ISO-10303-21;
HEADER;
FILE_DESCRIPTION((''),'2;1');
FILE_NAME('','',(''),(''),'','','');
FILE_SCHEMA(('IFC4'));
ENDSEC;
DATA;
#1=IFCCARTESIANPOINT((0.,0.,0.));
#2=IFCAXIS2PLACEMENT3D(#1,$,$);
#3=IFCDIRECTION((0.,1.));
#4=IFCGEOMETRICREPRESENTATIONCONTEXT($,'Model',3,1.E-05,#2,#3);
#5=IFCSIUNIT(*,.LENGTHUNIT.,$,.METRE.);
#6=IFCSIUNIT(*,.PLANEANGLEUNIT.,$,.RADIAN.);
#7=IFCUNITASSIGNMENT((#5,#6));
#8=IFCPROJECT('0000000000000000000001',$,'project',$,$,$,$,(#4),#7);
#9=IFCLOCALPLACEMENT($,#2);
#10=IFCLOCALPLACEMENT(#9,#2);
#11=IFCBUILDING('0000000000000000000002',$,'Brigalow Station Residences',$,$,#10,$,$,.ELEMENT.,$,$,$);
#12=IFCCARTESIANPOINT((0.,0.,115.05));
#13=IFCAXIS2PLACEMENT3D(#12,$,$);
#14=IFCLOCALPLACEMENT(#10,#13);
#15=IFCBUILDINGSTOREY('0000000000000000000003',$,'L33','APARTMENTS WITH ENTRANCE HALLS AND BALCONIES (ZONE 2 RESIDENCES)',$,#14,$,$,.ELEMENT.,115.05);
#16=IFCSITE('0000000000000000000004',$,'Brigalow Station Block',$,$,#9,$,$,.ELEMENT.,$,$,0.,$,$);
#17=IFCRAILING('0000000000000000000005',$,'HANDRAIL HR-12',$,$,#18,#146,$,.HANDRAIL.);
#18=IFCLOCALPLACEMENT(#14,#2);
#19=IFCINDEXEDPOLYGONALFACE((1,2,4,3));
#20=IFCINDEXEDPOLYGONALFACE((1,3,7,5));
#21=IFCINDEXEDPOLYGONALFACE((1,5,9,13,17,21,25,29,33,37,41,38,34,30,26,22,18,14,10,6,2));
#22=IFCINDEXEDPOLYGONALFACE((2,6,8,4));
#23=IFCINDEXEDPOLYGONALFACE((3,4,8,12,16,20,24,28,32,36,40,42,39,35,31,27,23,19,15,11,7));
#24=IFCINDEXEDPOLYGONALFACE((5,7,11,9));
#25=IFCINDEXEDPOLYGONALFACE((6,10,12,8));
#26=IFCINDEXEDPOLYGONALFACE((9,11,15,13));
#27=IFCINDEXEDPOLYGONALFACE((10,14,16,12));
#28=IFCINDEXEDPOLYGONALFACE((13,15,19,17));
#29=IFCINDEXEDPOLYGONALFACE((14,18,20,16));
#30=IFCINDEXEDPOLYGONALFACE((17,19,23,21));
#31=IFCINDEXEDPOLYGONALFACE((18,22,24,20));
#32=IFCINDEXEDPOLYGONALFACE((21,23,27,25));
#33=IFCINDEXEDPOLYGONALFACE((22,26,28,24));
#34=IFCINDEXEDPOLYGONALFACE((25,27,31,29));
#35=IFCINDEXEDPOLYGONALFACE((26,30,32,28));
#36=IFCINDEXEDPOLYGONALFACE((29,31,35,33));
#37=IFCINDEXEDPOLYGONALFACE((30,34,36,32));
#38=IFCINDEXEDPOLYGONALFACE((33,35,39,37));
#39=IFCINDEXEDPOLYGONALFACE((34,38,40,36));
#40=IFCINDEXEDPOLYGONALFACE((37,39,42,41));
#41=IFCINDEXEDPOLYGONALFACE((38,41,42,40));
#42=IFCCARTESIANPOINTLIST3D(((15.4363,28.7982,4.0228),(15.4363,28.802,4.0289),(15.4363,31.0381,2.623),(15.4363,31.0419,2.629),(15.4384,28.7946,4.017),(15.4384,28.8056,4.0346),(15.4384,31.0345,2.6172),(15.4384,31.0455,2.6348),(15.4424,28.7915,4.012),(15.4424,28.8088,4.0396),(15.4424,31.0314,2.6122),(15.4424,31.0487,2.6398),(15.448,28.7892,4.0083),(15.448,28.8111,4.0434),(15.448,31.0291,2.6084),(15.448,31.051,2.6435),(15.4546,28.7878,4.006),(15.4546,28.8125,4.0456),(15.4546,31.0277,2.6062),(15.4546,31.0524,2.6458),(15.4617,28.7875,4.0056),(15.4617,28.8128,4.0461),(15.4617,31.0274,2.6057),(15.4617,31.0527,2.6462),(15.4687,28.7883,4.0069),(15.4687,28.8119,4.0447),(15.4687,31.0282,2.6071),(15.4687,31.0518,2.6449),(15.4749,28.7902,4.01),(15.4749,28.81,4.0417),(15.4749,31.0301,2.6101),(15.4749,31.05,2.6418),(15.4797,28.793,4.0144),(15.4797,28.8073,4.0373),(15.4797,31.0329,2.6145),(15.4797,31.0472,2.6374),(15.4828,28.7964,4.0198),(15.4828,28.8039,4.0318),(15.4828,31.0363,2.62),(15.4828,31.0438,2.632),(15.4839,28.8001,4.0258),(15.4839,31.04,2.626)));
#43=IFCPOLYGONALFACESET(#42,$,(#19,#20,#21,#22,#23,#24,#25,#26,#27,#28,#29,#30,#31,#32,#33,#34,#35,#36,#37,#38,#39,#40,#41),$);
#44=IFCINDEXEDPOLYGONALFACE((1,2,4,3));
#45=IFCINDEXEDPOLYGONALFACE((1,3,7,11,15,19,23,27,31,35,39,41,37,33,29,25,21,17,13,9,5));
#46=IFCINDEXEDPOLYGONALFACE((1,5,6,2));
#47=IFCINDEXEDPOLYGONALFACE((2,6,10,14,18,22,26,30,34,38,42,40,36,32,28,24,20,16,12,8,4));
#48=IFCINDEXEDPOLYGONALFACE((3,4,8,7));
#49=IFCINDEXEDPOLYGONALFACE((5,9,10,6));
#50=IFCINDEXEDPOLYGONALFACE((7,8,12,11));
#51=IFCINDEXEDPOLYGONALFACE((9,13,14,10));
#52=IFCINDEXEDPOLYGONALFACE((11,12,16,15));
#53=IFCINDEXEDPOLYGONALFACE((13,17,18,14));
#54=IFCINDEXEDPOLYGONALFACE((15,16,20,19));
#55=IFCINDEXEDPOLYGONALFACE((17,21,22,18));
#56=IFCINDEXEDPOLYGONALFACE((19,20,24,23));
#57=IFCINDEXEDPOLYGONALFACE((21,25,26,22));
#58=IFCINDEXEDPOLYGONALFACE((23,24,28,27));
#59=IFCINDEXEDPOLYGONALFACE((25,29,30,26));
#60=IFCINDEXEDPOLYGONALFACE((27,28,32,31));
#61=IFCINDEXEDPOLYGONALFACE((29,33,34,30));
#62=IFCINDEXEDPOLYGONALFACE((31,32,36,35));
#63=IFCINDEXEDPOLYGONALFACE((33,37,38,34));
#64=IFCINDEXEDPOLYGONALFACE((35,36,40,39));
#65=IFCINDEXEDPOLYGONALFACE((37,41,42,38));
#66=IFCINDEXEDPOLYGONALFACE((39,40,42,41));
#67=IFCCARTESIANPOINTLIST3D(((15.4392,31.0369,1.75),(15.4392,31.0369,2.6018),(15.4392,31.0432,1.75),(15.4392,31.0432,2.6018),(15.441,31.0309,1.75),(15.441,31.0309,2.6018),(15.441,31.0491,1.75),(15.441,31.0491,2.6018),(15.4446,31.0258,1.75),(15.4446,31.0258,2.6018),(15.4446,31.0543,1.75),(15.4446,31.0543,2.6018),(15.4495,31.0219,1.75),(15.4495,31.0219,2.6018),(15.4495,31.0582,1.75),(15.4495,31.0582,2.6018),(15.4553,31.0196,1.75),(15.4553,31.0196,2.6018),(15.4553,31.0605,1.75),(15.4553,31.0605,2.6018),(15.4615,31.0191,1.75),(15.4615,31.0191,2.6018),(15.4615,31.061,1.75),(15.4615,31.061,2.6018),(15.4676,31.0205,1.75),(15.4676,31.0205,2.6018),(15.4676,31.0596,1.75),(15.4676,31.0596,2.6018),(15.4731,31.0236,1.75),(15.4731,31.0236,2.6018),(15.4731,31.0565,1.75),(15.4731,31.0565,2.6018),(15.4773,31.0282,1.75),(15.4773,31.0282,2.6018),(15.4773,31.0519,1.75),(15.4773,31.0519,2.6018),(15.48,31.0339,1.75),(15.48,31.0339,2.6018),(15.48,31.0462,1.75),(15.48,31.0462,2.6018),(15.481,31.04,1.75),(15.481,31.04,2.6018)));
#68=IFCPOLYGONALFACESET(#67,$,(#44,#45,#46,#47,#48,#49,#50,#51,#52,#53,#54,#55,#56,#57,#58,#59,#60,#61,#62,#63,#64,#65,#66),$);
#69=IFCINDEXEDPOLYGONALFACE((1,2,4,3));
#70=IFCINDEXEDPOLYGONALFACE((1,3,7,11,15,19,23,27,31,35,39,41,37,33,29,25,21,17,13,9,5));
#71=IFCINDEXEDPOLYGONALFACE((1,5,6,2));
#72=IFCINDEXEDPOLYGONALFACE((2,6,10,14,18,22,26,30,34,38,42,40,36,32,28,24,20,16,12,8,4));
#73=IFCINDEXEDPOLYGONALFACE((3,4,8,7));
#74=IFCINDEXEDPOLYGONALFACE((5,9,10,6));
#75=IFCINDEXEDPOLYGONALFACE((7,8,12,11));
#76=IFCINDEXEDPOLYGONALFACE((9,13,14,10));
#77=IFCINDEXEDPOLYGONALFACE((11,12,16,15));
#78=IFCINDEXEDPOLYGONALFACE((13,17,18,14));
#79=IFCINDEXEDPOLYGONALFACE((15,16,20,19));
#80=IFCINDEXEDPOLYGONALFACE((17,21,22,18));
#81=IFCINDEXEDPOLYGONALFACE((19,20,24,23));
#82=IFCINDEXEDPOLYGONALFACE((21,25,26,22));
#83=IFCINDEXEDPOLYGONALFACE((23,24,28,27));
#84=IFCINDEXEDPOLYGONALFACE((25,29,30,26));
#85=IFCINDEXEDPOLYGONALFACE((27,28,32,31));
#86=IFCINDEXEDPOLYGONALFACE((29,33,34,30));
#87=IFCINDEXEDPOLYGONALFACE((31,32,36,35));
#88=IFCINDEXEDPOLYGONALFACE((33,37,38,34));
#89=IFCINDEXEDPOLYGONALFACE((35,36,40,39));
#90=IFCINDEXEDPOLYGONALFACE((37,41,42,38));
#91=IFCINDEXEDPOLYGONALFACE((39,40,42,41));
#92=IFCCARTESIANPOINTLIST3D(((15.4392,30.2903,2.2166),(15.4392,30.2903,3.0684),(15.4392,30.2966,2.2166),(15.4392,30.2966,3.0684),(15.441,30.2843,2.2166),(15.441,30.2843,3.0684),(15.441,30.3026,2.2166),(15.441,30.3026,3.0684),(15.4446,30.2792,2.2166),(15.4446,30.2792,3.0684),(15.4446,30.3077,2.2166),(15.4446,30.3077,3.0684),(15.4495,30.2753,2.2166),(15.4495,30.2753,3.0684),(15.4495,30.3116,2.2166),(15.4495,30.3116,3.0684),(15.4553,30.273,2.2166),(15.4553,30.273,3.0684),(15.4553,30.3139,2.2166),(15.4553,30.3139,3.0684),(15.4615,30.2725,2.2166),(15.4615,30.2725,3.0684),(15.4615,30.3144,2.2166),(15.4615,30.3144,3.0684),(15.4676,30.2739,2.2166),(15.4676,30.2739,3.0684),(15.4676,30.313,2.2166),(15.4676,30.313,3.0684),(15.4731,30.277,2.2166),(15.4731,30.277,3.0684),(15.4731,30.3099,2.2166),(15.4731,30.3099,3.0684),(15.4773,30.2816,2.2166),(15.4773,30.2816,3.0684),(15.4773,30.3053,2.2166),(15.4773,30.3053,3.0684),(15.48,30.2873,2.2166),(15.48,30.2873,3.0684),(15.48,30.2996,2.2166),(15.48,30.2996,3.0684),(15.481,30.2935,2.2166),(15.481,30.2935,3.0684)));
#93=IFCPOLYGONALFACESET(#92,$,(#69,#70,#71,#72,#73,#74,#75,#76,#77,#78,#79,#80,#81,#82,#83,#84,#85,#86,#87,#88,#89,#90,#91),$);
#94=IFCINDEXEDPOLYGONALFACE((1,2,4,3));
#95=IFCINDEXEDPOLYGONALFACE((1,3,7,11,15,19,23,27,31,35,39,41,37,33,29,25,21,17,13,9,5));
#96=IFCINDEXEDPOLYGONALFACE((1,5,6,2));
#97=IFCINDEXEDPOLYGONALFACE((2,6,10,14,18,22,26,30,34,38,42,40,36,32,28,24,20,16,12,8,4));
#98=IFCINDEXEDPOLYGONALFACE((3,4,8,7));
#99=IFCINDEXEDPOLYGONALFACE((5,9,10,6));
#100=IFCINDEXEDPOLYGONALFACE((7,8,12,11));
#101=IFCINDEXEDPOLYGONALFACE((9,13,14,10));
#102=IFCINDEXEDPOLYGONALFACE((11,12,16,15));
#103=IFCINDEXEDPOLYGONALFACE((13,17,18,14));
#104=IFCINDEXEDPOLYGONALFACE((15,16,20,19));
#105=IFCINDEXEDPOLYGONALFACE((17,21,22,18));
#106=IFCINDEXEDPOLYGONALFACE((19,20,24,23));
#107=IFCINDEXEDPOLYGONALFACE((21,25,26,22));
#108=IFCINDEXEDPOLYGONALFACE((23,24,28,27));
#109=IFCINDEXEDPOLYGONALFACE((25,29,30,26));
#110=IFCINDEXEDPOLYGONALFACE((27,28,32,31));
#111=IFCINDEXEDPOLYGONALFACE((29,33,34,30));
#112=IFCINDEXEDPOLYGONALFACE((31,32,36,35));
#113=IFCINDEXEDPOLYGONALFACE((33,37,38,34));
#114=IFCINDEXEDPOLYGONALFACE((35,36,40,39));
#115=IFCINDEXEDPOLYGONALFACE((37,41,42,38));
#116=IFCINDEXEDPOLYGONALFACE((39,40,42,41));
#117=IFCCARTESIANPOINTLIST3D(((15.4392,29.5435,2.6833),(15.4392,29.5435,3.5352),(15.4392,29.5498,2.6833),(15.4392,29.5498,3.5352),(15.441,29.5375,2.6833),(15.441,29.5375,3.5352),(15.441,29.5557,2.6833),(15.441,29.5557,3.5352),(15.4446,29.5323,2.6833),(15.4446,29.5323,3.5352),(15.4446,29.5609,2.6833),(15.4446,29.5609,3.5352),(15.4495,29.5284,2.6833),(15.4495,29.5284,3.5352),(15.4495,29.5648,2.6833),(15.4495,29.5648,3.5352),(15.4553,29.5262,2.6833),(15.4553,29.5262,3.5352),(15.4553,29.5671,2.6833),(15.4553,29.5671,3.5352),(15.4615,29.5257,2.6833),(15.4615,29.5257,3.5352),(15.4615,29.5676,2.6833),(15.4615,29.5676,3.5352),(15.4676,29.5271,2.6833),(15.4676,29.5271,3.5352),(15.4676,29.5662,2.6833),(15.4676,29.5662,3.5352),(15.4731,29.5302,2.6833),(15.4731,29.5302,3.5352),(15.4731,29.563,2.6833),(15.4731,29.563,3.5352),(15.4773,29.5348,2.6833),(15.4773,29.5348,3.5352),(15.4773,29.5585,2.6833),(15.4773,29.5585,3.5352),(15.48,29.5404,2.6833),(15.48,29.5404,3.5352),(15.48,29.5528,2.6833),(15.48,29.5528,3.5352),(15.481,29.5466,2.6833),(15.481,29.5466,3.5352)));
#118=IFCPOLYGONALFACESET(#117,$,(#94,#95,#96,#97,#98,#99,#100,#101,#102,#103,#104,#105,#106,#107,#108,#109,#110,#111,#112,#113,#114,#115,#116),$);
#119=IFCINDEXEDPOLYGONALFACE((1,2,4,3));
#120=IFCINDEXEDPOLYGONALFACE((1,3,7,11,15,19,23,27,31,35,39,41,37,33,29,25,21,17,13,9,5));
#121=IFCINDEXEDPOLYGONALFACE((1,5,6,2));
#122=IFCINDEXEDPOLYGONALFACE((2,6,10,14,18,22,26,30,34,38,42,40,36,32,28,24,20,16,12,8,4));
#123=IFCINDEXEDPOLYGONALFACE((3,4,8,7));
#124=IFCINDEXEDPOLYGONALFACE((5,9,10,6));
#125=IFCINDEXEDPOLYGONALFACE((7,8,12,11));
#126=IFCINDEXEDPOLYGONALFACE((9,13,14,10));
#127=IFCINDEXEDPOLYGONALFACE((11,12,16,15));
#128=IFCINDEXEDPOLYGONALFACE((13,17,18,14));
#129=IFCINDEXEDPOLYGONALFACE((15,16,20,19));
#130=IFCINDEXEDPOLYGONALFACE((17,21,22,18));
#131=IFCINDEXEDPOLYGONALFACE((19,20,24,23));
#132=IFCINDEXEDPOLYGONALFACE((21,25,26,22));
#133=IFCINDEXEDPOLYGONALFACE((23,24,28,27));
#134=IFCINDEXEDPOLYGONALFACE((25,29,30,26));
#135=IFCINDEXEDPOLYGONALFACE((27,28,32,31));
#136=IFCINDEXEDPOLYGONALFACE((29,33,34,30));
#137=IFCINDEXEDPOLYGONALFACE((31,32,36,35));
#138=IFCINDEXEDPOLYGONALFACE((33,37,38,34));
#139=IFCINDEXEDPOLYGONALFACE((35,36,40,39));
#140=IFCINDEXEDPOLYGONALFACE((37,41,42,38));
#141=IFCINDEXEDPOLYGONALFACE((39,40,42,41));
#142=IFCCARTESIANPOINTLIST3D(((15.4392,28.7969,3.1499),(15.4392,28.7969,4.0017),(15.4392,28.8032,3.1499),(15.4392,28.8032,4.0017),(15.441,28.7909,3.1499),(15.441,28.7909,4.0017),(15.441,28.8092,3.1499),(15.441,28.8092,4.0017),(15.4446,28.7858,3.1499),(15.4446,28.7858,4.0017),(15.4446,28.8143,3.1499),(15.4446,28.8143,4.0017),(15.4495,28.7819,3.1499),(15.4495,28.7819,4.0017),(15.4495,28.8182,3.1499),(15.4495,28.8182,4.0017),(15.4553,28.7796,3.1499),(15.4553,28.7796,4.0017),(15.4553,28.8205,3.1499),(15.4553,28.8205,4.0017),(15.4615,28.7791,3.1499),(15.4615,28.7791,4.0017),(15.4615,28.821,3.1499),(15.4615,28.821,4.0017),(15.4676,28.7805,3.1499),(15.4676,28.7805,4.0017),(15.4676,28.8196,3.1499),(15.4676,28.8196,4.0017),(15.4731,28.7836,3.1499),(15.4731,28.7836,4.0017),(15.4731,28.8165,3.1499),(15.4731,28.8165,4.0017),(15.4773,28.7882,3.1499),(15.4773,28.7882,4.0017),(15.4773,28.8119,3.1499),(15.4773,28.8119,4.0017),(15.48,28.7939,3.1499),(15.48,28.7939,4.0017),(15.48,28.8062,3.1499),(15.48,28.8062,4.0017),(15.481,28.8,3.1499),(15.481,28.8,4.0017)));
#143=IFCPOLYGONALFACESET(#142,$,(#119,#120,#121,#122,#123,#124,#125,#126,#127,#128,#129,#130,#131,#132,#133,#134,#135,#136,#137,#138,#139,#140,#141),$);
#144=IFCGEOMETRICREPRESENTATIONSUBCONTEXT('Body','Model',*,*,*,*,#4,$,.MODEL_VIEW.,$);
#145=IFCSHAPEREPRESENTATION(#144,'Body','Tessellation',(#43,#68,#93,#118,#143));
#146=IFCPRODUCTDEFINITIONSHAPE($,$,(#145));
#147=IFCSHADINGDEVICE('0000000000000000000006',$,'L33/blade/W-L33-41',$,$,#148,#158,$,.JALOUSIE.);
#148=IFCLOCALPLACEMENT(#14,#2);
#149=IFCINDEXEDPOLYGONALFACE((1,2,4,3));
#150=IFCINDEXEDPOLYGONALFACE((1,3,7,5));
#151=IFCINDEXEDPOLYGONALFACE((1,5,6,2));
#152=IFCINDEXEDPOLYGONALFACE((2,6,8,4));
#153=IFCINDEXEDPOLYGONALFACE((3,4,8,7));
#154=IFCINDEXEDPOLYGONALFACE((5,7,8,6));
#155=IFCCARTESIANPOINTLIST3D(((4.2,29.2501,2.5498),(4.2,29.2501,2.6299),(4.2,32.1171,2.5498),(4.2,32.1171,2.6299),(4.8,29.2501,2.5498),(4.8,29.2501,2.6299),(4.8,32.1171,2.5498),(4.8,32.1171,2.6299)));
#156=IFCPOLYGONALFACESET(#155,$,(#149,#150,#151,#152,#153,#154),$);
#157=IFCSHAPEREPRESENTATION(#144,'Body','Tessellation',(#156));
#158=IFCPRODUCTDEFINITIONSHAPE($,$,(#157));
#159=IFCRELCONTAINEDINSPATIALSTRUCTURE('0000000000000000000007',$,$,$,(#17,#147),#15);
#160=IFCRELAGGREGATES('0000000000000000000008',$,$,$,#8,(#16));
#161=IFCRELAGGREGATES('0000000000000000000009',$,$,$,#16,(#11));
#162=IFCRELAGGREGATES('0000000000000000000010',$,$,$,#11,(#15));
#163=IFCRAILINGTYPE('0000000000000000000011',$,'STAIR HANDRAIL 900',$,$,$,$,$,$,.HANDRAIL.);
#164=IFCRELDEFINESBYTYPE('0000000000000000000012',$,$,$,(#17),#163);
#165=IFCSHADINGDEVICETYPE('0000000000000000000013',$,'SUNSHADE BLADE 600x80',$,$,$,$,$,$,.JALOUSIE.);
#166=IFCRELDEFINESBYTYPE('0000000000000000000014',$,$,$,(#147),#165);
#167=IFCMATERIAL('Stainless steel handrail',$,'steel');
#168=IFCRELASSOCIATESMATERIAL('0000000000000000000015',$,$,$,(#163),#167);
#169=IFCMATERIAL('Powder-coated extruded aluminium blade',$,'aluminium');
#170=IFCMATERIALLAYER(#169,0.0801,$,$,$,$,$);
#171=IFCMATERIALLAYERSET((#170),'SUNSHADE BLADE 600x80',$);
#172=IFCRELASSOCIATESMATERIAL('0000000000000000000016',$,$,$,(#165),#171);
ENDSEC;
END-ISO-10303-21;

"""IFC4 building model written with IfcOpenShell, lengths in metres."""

from ifc_helpers import new_model, si_unit, direction, frame, origin, origin_2d, place, context, subcontext, project, spatial, rectangle, circle, extrude, material, layer, layer_set, type_object, element, save


model = new_model("IFC4")

# Units and contexts
model_context = context("Model", 3, precision=1e-05, world=origin(), true_north=direction((0.0, 1.0)))
body_context = subcontext(model_context, "Body", "Model", "MODEL_VIEW")
ifc_project = project(units=[si_unit("LENGTHUNIT", "METRE"), si_unit("PLANEANGLEUNIT", "RADIAN")], contexts=[model_context])

# Site, building, storey
site_placement = place(None, origin())
site = spatial("IfcSite", under=ifc_project, at=site_placement, Name="Brigalow Station Block", CompositionType="ELEMENT", RefElevation=0.0)
building_placement = place(site_placement, origin())
building = spatial("IfcBuilding", under=site, at=building_placement, Name="Brigalow Station Residences", CompositionType="ELEMENT")
storey_placement = place(building_placement, frame((0.0, 0.0, 115.05)))
storey = spatial("IfcBuildingStorey", under=building, at=storey_placement, Name="L33", Description="APARTMENTS WITH ENTRANCE HALLS AND BALCONIES (ZONE 2 RESIDENCES)", CompositionType="ELEMENT", Elevation=115.05)

# Railing
ifc_material_1 = material(Name="Stainless steel handrail", Category="steel")
railing_type_1 = type_object("IfcRailingType", Name="STAIR HANDRAIL 900", PredefinedType="HANDRAIL", material=ifc_material_1)
railing_1_placement = place(storey_placement, frame((15.46, 31.04, 1.75)))
element("IfcRailing", 1, at=railing_1_placement, inside=storey, type_object=railing_type_1, Name="HANDRAIL HR-12", PredefinedType="HANDRAIL", context=body_context, shape_type="SweptSolid", body=[
    extrude(circle(Radius=0.0239, at=origin_2d()), frame((0.0, 0.0, 0.876), z_axis=(0.0, -0.848014, 0.529974), x_axis=(1.0, 0.0, 0.0)), (0.0, 0.0, 1.0), 2.6414),
    extrude(circle(Radius=0.021, at=origin_2d()), origin(), (0.0, 0.0, 1.0), 0.8518),
    extrude(circle(Radius=0.021, at=origin_2d()), frame((0.0, -0.7466, 0.4666)), (0.0, 0.0, 1.0), 0.8518),
    extrude(circle(Radius=0.021, at=origin_2d()), frame((0.0, -1.4934, 0.9333)), (0.0, 0.0, 1.0), 0.8518),
    extrude(circle(Radius=0.021, at=origin_2d()), frame((0.0, -2.24, 1.3999)), (0.0, 0.0, 1.0), 0.8518),
])

# Shading device
ifc_material_2 = material(Name="Powder-coated extruded aluminium blade", Category="aluminium")
ifc_layer_1 = layer(ifc_material_2, 0.0801)
ifc_layer_set_1 = layer_set([ifc_layer_1], Name="SUNSHADE BLADE 600x80")
shading_device_type = type_object("IfcShadingDeviceType", Name="SUNSHADE BLADE 600x80", PredefinedType="JALOUSIE", material=ifc_layer_set_1)
shading_device_placement = place(storey_placement, frame((4.5, 30.6836, 2.5498), z_axis=(0.0, 0.0, 1.0), x_axis=(0.0, -1.0, 0.0)))
element("IfcShadingDevice", 2, at=shading_device_placement, inside=storey, type_object=shading_device_type, Name="L33/blade/W-L33-41", PredefinedType="JALOUSIE", context=body_context, shape_type="SweptSolid", body=[
    extrude(rectangle(XDim=2.8669, YDim=0.6001, at=origin_2d()), origin(), (0.0, 0.0, 1.0), 0.0801),
])

save(model, "model.ifc")
